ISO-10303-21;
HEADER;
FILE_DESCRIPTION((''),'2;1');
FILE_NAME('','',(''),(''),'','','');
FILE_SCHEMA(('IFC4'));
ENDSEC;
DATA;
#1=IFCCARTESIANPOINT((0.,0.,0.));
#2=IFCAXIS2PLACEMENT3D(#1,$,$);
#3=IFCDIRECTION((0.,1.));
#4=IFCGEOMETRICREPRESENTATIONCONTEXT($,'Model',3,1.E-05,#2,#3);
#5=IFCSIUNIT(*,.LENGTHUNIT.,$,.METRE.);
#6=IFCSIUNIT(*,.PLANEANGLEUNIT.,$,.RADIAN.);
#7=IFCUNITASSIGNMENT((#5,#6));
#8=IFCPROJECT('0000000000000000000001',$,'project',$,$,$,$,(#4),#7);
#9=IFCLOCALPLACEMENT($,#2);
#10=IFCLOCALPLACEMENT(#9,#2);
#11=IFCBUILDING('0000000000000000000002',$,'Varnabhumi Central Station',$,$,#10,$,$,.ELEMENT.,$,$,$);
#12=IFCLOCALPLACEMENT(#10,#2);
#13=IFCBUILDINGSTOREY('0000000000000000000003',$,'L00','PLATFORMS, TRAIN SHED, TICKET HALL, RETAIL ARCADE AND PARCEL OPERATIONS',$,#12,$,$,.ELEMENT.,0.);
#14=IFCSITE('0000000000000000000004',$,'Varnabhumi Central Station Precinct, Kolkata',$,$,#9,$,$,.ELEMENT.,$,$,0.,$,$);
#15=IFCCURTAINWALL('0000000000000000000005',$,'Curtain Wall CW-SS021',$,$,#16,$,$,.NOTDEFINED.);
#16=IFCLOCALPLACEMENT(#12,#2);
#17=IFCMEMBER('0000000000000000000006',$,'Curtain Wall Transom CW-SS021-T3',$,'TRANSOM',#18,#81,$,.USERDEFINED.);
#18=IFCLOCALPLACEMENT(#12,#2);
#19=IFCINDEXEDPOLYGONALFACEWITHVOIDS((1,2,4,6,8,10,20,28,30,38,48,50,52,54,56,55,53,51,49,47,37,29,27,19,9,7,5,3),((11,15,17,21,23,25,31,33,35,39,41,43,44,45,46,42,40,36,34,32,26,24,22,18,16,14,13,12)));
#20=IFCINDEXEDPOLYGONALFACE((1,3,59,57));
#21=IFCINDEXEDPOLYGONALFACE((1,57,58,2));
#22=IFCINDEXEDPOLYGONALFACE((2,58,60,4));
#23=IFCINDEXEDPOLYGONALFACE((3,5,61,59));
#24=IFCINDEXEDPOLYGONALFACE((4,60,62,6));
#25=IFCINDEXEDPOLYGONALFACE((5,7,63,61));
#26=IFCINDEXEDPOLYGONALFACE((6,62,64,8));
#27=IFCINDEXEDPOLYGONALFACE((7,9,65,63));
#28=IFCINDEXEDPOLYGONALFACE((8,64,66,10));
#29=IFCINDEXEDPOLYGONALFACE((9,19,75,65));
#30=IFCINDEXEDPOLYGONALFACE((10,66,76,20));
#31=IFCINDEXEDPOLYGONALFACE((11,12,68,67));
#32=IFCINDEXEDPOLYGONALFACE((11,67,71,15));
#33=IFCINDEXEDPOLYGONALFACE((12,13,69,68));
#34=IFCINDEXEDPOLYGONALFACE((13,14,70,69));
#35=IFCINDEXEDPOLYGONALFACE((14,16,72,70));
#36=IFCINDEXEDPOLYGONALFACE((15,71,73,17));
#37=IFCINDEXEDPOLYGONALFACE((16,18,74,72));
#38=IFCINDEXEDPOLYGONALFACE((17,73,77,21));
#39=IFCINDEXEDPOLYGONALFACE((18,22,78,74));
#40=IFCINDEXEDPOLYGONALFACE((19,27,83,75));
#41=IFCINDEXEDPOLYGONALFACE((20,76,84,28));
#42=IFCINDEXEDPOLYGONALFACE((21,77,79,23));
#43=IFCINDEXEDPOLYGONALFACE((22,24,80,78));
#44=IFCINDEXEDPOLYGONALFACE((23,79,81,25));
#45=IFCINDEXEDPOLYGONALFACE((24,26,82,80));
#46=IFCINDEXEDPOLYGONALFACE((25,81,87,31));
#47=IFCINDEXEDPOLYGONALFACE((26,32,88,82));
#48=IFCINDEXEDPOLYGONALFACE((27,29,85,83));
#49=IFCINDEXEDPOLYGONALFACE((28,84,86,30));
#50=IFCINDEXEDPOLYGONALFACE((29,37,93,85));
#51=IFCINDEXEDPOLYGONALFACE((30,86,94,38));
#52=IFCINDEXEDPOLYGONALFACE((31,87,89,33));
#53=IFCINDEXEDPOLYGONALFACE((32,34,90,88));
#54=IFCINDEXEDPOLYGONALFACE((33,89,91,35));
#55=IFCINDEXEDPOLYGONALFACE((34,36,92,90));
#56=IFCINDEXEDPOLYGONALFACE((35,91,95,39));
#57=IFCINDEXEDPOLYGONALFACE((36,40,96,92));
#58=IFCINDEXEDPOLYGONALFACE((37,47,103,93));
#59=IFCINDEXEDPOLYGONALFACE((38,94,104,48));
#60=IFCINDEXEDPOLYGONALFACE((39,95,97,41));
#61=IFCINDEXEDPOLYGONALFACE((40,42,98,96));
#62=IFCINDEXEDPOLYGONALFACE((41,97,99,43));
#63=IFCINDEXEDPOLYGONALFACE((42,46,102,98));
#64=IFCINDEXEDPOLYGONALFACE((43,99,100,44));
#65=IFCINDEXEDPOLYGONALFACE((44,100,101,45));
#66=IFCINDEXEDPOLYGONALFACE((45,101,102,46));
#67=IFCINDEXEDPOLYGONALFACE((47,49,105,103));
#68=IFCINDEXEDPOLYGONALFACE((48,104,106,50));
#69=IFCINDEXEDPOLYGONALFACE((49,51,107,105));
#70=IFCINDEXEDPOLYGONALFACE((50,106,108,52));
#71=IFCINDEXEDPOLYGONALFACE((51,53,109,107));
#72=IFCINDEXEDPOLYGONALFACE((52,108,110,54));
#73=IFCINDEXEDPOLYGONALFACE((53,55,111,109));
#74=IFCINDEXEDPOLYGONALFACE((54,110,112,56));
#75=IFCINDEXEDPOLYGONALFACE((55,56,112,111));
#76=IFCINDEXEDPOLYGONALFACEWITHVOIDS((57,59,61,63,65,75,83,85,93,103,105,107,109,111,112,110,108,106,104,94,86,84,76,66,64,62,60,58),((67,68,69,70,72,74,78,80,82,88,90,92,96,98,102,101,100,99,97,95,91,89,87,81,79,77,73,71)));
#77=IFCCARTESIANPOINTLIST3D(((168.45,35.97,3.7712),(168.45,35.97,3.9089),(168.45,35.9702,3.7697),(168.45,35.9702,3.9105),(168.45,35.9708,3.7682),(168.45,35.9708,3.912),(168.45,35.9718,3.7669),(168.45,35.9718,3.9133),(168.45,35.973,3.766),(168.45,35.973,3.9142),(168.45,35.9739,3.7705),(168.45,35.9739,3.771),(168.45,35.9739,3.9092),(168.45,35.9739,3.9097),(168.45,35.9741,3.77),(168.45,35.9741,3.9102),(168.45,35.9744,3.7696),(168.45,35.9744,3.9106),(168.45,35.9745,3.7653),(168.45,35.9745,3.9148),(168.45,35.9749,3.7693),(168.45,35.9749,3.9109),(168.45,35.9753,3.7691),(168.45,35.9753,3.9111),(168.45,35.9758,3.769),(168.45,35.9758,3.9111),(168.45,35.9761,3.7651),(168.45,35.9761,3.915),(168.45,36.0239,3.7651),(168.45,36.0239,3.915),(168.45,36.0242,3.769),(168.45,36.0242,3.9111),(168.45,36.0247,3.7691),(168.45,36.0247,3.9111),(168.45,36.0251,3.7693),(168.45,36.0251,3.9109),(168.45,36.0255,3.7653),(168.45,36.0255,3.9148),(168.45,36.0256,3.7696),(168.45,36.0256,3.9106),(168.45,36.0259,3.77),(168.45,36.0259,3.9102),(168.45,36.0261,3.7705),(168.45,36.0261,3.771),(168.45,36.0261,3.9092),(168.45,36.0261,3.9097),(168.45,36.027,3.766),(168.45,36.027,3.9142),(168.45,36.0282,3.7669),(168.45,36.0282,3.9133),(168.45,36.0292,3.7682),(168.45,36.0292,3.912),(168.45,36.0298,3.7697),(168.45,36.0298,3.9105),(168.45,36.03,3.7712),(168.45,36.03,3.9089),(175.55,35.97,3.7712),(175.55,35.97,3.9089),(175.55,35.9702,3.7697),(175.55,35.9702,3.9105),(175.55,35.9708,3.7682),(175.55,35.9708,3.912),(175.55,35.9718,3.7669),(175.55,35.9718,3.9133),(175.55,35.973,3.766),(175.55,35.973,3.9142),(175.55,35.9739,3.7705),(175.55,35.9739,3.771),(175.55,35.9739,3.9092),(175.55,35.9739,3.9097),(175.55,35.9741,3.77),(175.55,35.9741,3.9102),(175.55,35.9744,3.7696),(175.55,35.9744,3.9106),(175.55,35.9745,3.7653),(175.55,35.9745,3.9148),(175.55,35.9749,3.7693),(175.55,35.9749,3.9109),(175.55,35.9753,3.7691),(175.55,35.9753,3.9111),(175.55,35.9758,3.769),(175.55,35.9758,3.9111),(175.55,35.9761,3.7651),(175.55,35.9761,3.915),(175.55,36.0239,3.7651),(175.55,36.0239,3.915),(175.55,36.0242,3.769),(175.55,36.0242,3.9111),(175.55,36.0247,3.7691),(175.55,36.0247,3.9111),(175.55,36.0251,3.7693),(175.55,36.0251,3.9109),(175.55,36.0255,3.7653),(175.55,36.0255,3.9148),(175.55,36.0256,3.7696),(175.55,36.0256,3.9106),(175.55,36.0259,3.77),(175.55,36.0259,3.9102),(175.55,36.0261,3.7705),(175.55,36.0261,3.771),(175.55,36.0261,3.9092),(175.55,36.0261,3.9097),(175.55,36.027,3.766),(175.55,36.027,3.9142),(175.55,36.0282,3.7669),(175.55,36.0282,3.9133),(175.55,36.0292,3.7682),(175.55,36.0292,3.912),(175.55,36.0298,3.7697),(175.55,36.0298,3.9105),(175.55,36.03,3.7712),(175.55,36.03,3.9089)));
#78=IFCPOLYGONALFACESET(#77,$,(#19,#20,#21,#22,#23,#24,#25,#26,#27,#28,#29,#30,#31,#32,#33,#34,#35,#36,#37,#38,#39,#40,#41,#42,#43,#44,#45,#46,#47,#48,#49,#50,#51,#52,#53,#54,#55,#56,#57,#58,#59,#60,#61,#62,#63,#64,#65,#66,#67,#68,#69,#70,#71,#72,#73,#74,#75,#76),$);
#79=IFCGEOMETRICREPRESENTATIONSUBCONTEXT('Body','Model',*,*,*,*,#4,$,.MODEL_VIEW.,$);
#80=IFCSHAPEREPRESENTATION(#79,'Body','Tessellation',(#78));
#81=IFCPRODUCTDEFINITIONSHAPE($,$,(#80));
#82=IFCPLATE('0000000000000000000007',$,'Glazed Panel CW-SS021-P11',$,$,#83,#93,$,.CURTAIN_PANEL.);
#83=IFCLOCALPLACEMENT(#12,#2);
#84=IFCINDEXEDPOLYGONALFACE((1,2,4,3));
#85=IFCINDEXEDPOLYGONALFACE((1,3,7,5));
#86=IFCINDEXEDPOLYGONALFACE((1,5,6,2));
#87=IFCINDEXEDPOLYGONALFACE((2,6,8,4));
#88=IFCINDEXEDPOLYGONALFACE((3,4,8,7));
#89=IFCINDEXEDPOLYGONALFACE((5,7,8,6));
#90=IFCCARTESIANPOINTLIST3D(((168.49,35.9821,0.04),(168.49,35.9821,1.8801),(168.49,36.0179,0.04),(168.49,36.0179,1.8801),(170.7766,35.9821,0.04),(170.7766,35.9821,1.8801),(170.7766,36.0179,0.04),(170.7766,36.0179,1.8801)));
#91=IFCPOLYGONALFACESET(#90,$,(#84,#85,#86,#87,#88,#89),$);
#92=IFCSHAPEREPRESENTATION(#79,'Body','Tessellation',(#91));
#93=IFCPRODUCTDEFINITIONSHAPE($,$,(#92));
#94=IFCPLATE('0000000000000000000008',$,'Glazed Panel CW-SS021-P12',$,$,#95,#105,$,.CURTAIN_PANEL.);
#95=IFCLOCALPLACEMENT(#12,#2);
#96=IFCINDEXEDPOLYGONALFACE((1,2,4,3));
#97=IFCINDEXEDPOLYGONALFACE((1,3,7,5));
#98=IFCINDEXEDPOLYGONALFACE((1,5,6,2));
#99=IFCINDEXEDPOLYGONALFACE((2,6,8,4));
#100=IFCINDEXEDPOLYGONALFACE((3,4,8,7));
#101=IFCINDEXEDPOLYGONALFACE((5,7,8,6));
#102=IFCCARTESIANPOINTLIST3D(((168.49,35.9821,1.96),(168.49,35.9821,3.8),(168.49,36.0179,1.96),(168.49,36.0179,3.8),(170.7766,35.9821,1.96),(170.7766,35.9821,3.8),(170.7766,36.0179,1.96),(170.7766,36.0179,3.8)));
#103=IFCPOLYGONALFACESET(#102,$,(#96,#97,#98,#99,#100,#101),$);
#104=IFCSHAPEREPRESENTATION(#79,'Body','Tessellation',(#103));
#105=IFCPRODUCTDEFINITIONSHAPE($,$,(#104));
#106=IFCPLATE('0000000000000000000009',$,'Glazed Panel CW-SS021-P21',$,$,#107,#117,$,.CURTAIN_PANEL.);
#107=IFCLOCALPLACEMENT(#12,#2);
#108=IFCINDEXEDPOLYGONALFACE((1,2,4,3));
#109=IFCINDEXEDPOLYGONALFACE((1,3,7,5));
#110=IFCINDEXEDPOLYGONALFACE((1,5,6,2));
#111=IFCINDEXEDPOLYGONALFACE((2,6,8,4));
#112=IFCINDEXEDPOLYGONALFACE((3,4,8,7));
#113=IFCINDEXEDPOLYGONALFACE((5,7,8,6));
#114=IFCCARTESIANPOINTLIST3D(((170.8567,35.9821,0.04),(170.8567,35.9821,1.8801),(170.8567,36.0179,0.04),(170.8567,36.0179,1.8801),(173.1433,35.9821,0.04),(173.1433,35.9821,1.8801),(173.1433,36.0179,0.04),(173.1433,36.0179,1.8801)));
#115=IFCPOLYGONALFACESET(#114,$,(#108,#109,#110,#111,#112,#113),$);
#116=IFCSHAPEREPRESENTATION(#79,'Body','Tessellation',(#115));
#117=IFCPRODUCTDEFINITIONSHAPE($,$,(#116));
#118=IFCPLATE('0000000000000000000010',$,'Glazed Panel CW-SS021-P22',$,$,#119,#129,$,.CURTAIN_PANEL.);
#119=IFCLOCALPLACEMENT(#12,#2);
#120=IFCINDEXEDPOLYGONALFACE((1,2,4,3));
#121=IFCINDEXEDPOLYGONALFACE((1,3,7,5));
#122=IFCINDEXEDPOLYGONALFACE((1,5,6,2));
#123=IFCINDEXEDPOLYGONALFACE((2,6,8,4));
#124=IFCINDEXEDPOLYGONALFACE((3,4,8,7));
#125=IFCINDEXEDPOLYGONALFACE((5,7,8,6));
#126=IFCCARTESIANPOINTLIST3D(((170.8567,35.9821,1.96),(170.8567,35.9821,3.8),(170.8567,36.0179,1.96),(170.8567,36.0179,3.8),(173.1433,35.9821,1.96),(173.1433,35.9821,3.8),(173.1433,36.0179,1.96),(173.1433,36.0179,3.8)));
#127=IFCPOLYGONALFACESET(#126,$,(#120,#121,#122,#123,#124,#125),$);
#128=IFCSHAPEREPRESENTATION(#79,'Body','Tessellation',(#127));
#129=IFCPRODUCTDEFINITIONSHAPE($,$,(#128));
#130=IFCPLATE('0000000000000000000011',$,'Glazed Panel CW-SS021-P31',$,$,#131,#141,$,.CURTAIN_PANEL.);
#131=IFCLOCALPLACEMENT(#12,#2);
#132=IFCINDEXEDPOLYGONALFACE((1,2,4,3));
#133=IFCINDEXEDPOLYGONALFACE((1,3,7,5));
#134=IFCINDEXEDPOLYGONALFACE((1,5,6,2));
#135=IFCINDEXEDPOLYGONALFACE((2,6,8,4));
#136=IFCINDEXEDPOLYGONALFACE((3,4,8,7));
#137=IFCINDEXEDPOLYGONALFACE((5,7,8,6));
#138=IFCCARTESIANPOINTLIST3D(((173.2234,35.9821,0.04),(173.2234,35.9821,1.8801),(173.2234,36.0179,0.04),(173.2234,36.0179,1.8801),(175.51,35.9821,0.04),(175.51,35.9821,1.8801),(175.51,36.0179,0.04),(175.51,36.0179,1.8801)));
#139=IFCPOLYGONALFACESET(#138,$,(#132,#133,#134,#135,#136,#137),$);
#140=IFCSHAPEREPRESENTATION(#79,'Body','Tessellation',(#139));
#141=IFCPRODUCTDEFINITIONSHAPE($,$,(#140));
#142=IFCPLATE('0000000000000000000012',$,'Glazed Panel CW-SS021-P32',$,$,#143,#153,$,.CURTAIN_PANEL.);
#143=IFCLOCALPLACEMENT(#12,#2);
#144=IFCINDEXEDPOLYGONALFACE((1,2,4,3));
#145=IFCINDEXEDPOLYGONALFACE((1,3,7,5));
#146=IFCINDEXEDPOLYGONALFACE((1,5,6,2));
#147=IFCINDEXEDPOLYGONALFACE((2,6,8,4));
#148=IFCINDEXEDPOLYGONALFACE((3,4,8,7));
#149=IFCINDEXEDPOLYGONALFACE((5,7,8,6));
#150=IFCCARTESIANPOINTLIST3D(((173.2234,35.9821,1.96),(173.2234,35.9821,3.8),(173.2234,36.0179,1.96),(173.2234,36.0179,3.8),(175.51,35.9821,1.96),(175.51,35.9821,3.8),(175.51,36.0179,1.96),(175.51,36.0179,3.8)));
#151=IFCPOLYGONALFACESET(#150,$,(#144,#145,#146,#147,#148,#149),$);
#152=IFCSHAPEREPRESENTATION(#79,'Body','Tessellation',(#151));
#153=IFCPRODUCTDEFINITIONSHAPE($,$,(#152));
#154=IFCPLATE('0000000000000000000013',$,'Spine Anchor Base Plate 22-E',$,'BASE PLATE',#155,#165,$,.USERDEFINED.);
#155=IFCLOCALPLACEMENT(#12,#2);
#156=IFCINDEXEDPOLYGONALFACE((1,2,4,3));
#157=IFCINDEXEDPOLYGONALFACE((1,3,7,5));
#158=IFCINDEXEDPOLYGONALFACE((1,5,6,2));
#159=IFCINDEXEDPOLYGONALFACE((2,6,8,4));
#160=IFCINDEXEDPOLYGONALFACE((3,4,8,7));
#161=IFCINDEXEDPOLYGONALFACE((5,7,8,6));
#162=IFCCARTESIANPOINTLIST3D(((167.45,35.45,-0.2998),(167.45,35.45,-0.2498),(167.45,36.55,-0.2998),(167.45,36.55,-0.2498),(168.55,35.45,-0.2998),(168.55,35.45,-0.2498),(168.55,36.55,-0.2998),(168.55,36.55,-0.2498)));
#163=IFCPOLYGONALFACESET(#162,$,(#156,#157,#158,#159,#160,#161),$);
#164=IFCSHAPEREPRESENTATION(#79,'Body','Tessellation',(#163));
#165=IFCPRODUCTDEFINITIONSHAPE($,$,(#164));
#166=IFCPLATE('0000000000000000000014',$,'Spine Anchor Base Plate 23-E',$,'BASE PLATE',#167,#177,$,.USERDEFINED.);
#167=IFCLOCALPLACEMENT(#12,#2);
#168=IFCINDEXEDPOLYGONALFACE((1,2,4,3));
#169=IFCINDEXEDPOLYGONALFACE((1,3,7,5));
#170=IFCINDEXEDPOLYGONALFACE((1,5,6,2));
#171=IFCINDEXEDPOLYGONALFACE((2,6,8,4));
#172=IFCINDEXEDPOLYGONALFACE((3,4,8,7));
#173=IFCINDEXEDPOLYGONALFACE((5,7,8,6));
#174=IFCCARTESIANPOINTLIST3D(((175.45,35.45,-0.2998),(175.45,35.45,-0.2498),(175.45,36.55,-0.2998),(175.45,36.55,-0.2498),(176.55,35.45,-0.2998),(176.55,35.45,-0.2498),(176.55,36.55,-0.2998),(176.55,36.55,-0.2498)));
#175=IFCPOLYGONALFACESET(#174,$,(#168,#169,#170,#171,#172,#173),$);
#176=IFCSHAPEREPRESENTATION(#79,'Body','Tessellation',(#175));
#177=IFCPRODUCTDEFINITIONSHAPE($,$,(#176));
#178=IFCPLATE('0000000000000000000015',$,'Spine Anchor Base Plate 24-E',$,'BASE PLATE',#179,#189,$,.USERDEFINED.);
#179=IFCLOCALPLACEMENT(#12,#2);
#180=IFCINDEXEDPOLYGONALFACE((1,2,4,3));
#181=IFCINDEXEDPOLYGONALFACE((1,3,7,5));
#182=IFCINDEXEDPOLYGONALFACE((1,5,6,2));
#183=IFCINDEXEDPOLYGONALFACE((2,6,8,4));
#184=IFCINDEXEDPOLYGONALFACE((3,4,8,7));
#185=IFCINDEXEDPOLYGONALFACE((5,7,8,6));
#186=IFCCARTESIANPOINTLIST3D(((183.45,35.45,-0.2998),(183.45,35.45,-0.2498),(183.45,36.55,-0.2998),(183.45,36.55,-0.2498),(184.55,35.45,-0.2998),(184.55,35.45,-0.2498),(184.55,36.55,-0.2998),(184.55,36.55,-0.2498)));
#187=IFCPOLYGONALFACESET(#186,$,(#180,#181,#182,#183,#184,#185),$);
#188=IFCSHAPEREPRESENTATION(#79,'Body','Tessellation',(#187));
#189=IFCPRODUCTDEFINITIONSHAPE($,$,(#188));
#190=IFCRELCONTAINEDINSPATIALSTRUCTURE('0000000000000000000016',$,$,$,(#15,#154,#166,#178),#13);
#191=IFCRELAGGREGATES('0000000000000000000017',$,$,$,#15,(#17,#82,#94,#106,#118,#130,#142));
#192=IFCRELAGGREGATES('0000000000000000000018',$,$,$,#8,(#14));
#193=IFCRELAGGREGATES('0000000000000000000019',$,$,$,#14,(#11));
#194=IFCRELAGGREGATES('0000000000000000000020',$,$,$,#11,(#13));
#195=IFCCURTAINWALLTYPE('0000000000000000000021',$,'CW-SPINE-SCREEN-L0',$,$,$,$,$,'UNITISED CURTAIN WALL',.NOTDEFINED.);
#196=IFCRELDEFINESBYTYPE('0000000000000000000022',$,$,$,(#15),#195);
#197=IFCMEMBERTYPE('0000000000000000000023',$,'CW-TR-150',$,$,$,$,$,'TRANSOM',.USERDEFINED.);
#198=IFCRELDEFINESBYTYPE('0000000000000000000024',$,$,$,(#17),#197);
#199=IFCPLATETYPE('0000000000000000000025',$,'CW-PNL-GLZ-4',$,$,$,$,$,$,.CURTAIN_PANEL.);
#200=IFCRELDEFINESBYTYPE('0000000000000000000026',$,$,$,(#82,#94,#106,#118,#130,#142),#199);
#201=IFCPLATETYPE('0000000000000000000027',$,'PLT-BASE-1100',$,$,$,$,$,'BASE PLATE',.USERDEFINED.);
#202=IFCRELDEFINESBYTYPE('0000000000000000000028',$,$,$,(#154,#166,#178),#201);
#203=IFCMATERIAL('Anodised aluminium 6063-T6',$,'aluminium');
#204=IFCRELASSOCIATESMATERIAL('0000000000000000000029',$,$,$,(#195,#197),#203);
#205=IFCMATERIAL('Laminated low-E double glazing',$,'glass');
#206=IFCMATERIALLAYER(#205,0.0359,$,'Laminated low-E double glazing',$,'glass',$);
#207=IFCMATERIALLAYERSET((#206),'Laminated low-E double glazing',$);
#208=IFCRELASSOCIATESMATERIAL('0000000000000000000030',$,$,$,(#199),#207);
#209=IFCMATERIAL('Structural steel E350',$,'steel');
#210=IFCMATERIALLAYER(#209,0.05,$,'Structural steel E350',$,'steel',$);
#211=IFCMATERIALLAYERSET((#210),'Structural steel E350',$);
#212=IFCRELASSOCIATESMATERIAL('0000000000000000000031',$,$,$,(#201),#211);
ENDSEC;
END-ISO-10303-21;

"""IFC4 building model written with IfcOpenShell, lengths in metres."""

from ifc_helpers import new_model, si_unit, direction, frame, origin, origin_2d, place, context, subcontext, project, spatial, rectangle, hollow_rectangle, extrude, material, layer, layer_set, material_profile, profile_set, type_object, element, aggregate, save


model = new_model("IFC4")

# Units and contexts
model_context = context("Model", 3, precision=1e-05, world=origin(), true_north=direction((0.0, 1.0)))
body_context = subcontext(model_context, "Body", "Model", "MODEL_VIEW")
ifc_project = project(units=[si_unit("LENGTHUNIT", "METRE"), si_unit("PLANEANGLEUNIT", "RADIAN")], contexts=[model_context])

# Site, building, storey
site_placement = place(None, origin())
site = spatial("IfcSite", under=ifc_project, at=site_placement, Name="Varnabhumi Central Station Precinct, Kolkata", CompositionType="ELEMENT", RefElevation=0.0)
building_placement = place(site_placement, origin())
building = spatial("IfcBuilding", under=site, at=building_placement, Name="Varnabhumi Central Station", CompositionType="ELEMENT")
storey_placement = place(building_placement, origin())
storey = spatial("IfcBuildingStorey", under=building, at=storey_placement, Name="L00", Description="PLATFORMS, TRAIN SHED, TICKET HALL, RETAIL ARCADE AND PARCEL OPERATIONS", CompositionType="ELEMENT", Elevation=0.0)

# Curtain wall, member, plates
ifc_material_1 = material(Name="Anodised aluminium 6063-T6", Category="aluminium")
curtain_wall_type = type_object("IfcCurtainWallType", Name="CW-SPINE-SCREEN-L0", ElementType="UNITISED CURTAIN WALL", PredefinedType="NOTDEFINED", material=ifc_material_1)
curtain_wall_placement = place(storey_placement, origin())
curtain_wall = element("IfcCurtainWall", 1, at=curtain_wall_placement, inside=storey, type_object=curtain_wall_type, Name="Curtain Wall CW-SS021", PredefinedType="NOTDEFINED")
ifc_material_profile_1 = material_profile(ifc_material_1, hollow_rectangle(XDim=0.0601, YDim=0.1499, WallThickness=0.0039, InnerFilletRadius=0.002, OuterFilletRadius=0.0061, at=origin_2d()), Name="Anodised aluminium 6063-T6", Category="aluminium")
ifc_profile_set_1 = profile_set([ifc_material_profile_1], Name="Anodised aluminium 6063-T6")
member_type_1 = type_object("IfcMemberType", Name="CW-TR-150", ElementType="TRANSOM", PredefinedType="USERDEFINED", material=ifc_profile_set_1)
member_1_placement = place(storey_placement, frame((168.45, 36.0, 3.8401), z_axis=(1.0, 0.0, 0.0), x_axis=(0.0, 1.0, 0.0)))
member_1 = element("IfcMember", 2, at=member_1_placement, type_object=member_type_1, Name="Curtain Wall Transom CW-SS021-T3", ObjectType="TRANSOM", PredefinedType="USERDEFINED", context=body_context, shape_type="SweptSolid", body=[
    extrude(hollow_rectangle(XDim=0.0601, YDim=0.1499, WallThickness=0.0039, InnerFilletRadius=0.002, OuterFilletRadius=0.0061, at=origin_2d()), origin(), (0.0, 0.0, 1.0), 7.1001),
])
ifc_material_2 = material(Name="Laminated low-E double glazing", Category="glass")
ifc_layer_1 = layer(ifc_material_2, 0.0359, Name="Laminated low-E double glazing", Category="glass")
ifc_layer_set_1 = layer_set([ifc_layer_1], Name="Laminated low-E double glazing")
plate_type_1 = type_object("IfcPlateType", Name="CW-PNL-GLZ-4", PredefinedType="CURTAIN_PANEL", material=ifc_layer_set_1)
plate_1_placement = place(storey_placement, frame((169.6333, 36.0, 0.04), z_axis=(0.0, 0.0, 1.0), x_axis=(1.0, 0.0, 0.0)))
plate_1 = element("IfcPlate", 3, at=plate_1_placement, type_object=plate_type_1, Name="Glazed Panel CW-SS021-P11", PredefinedType="CURTAIN_PANEL", context=body_context, shape_type="SweptSolid", body=[
    extrude(rectangle(XDim=2.2866, YDim=0.0359, at=origin_2d()), origin(), (0.0, 0.0, 1.0), 1.8401),
])
plate_2_placement = place(storey_placement, frame((169.6333, 36.0, 1.96), z_axis=(0.0, 0.0, 1.0), x_axis=(1.0, 0.0, 0.0)))
plate_2 = element("IfcPlate", 4, at=plate_2_placement, type_object=plate_type_1, Name="Glazed Panel CW-SS021-P12", PredefinedType="CURTAIN_PANEL", context=body_context, shape_type="SweptSolid", body=[
    extrude(rectangle(XDim=2.2866, YDim=0.0359, at=origin_2d()), origin(), (0.0, 0.0, 1.0), 1.8401),
])
plate_3_placement = place(storey_placement, frame((172.0, 36.0, 0.04), z_axis=(0.0, 0.0, 1.0), x_axis=(1.0, 0.0, 0.0)))
plate_3 = element("IfcPlate", 5, at=plate_3_placement, type_object=plate_type_1, Name="Glazed Panel CW-SS021-P21", PredefinedType="CURTAIN_PANEL", context=body_context, shape_type="SweptSolid", body=[
    extrude(rectangle(XDim=2.2866, YDim=0.0359, at=origin_2d()), origin(), (0.0, 0.0, 1.0), 1.8401),
])
plate_4_placement = place(storey_placement, frame((172.0, 36.0, 1.96), z_axis=(0.0, 0.0, 1.0), x_axis=(1.0, 0.0, 0.0)))
plate_4 = element("IfcPlate", 6, at=plate_4_placement, type_object=plate_type_1, Name="Glazed Panel CW-SS021-P22", PredefinedType="CURTAIN_PANEL", context=body_context, shape_type="SweptSolid", body=[
    extrude(rectangle(XDim=2.2866, YDim=0.0359, at=origin_2d()), origin(), (0.0, 0.0, 1.0), 1.8401),
])
plate_5_placement = place(storey_placement, frame((174.3667, 36.0, 0.04), z_axis=(0.0, 0.0, 1.0), x_axis=(1.0, 0.0, 0.0)))
plate_5 = element("IfcPlate", 7, at=plate_5_placement, type_object=plate_type_1, Name="Glazed Panel CW-SS021-P31", PredefinedType="CURTAIN_PANEL", context=body_context, shape_type="SweptSolid", body=[
    extrude(rectangle(XDim=2.2866, YDim=0.0359, at=origin_2d()), origin(), (0.0, 0.0, 1.0), 1.8401),
])
plate_6_placement = place(storey_placement, frame((174.3667, 36.0, 1.96), z_axis=(0.0, 0.0, 1.0), x_axis=(1.0, 0.0, 0.0)))
plate_6 = element("IfcPlate", 8, at=plate_6_placement, type_object=plate_type_1, Name="Glazed Panel CW-SS021-P32", PredefinedType="CURTAIN_PANEL", context=body_context, shape_type="SweptSolid", body=[
    extrude(rectangle(XDim=2.2866, YDim=0.0359, at=origin_2d()), origin(), (0.0, 0.0, 1.0), 1.8401),
])
aggregate(curtain_wall, [member_1, plate_1, plate_2, plate_3, plate_4, plate_5, plate_6])

# Plates
ifc_material_3 = material(Name="Structural steel E350", Category="steel")
ifc_layer_2 = layer(ifc_material_3, 0.05, Name="Structural steel E350", Category="steel")
ifc_layer_set_2 = layer_set([ifc_layer_2], Name="Structural steel E350")
plate_type_2 = type_object("IfcPlateType", Name="PLT-BASE-1100", ElementType="BASE PLATE", PredefinedType="USERDEFINED", material=ifc_layer_set_2)
for number, where, z_axis, x_axis, name in (
    (9, (168.0, 36.0, -0.2998), (0.0, 0.0, 1.0), (1.0, 0.0, 0.0), "Spine Anchor Base Plate 22-E"),
    (10, (176.0, 36.0, -0.2998), (0.0, 0.0, 1.0), (1.0, 0.0, 0.0), "Spine Anchor Base Plate 23-E"),
    (11, (184.0, 36.0, -0.2998), (0.0, 0.0, 1.0), (1.0, 0.0, 0.0), "Spine Anchor Base Plate 24-E"),
):
    element("IfcPlate", number, at=place(storey_placement, frame(where, z_axis=z_axis, x_axis=x_axis)), inside=storey, type_object=plate_type_2, Name=name, ObjectType="BASE PLATE", PredefinedType="USERDEFINED", context=body_context, shape_type="SweptSolid", body=[
        extrude(rectangle(XDim=1.1001, YDim=1.1001, at=origin_2d()), origin(), (0.0, 0.0, 1.0), 0.05),
    ])

save(model, "model.ifc")
